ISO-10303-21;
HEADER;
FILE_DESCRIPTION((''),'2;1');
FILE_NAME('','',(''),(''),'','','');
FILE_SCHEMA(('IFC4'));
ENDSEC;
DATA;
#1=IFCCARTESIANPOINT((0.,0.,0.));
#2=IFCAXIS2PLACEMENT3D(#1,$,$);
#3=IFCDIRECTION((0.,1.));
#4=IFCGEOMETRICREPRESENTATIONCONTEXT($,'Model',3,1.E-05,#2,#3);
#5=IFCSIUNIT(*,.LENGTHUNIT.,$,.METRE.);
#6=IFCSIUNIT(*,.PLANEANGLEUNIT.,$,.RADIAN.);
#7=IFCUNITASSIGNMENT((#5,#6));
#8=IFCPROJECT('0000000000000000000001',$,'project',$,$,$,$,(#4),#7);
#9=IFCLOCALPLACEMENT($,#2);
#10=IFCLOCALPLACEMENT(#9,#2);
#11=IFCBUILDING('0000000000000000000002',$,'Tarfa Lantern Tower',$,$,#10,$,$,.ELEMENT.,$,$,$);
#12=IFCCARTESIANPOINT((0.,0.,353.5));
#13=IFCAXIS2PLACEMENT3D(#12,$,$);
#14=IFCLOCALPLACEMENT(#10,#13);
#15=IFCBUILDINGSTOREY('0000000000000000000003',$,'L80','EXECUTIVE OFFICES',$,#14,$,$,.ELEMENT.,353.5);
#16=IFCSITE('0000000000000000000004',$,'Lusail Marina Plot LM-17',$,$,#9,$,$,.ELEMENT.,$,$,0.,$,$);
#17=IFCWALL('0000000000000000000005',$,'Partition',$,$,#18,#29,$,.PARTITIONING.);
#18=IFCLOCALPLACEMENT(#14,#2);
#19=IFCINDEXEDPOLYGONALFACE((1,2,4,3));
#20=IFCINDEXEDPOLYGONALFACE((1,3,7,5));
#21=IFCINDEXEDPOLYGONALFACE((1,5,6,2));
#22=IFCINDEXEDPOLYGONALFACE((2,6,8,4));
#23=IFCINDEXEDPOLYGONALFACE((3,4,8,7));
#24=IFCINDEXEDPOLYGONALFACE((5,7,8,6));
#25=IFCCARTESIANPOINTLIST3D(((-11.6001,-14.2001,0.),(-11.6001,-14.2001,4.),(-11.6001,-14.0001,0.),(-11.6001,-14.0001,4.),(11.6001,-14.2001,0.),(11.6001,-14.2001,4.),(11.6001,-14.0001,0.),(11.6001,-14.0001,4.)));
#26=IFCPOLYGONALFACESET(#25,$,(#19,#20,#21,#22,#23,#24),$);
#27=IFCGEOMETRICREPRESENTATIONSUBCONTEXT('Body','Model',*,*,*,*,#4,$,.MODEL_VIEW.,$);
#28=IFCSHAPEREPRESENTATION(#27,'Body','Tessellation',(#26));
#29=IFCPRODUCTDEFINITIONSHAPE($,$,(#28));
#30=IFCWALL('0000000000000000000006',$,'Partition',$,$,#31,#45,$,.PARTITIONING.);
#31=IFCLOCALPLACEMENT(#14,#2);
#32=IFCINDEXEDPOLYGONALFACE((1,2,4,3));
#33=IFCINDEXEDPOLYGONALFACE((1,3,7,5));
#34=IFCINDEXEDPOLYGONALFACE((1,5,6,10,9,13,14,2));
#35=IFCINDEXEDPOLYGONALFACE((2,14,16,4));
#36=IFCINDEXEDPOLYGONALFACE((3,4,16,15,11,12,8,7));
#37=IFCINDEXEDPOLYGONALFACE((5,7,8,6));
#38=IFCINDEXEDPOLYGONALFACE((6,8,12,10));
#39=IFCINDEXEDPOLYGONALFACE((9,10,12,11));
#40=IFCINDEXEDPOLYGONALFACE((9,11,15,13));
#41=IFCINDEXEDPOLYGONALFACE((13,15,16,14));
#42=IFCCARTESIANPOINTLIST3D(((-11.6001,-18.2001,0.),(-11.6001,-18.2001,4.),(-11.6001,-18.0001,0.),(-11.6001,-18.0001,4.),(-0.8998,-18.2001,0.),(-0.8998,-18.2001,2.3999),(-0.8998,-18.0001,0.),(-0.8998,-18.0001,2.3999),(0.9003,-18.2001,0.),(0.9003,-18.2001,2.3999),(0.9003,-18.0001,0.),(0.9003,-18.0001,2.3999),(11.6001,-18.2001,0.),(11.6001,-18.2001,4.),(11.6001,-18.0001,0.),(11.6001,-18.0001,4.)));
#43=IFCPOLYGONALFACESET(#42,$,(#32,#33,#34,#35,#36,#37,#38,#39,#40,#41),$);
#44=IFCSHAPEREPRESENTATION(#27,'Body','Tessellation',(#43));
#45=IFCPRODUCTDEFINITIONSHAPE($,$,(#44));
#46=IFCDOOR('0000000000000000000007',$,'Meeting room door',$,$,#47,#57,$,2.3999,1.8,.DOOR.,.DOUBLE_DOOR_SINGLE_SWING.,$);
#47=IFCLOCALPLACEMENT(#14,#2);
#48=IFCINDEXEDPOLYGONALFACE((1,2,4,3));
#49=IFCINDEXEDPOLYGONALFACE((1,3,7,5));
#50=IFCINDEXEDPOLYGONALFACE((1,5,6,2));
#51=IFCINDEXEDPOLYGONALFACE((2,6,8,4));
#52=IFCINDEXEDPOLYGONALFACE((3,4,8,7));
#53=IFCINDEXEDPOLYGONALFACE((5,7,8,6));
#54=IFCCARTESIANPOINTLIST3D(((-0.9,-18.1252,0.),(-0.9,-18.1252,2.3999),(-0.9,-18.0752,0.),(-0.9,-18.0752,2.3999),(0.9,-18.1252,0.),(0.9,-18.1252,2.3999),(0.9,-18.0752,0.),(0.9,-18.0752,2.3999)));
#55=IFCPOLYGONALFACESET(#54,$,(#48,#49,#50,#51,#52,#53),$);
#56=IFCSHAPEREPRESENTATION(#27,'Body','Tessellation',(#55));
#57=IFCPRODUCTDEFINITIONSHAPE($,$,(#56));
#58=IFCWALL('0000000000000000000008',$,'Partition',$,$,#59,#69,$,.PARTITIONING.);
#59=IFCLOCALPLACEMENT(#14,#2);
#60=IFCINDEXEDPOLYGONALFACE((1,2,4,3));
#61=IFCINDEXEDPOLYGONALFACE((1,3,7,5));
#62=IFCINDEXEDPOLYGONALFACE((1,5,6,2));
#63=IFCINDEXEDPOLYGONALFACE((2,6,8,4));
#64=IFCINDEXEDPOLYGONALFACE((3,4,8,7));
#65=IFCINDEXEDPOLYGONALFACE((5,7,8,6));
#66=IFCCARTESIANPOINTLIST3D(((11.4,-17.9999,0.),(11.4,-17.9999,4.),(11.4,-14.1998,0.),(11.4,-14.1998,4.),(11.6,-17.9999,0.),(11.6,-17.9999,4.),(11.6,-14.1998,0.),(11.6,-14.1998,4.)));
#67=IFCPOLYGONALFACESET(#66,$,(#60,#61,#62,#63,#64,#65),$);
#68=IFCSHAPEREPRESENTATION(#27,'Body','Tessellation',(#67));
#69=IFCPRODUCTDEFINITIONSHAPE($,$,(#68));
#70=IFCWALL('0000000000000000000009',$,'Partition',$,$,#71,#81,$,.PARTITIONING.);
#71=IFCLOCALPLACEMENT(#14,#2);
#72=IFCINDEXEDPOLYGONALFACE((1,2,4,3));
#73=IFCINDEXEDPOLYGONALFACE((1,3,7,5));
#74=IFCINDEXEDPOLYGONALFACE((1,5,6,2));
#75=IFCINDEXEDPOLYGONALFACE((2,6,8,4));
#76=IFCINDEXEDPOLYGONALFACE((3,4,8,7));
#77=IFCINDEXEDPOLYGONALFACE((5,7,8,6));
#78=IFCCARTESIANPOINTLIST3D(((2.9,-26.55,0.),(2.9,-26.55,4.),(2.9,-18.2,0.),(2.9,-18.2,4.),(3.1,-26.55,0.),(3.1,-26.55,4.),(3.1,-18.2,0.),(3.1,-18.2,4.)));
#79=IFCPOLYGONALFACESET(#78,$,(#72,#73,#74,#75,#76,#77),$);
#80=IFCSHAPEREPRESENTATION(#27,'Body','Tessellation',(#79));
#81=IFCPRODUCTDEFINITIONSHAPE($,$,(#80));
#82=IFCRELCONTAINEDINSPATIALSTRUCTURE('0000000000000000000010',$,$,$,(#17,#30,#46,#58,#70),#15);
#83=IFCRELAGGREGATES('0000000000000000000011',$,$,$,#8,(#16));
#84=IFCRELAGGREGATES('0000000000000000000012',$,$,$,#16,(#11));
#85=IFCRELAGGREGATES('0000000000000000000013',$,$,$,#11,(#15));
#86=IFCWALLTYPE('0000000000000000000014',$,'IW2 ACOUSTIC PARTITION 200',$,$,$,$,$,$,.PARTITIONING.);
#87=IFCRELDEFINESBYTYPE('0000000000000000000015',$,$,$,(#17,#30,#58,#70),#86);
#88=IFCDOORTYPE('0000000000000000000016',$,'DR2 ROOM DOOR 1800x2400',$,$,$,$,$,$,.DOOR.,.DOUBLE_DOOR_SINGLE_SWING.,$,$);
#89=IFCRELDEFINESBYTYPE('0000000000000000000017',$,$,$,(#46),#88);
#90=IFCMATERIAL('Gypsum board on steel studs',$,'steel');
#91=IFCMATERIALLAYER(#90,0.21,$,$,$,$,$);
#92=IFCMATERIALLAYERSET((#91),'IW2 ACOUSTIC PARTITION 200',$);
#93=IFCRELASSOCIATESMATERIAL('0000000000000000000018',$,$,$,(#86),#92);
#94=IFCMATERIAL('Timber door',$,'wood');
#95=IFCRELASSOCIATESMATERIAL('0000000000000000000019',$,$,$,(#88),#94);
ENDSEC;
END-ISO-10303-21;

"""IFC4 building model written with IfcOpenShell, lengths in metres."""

from ifc_helpers import new_model, si_unit, direction, frame, frame_2d, origin, place, context, subcontext, project, spatial, rectangle, extrude, material, layer, layer_set, type_object, element, fill, save


model = new_model("IFC4")

# Units and contexts
model_context = context("Model", 3, precision=1e-05, world=origin(), true_north=direction((0.0, 1.0)))
body_context = subcontext(model_context, "Body", "Model", "MODEL_VIEW")
ifc_project = project(units=[si_unit("LENGTHUNIT", "METRE"), si_unit("PLANEANGLEUNIT", "RADIAN")], contexts=[model_context])

# Site, building, storey
site_placement = place(None, origin())
site = spatial("IfcSite", under=ifc_project, at=site_placement, Name="Lusail Marina Plot LM-17", CompositionType="ELEMENT", RefElevation=0.0)
building_placement = place(site_placement, origin())
building = spatial("IfcBuilding", under=site, at=building_placement, Name="Tarfa Lantern Tower", CompositionType="ELEMENT")
storey_placement = place(building_placement, frame((0.0, 0.0, 353.5)))
storey = spatial("IfcBuildingStorey", under=building, at=storey_placement, Name="L80", Description="EXECUTIVE OFFICES", CompositionType="ELEMENT", Elevation=353.5)

# Wall
ifc_material_1 = material(Name="Gypsum board on steel studs", Category="steel")
ifc_layer_1 = layer(ifc_material_1, 0.21)
ifc_layer_set_1 = layer_set([ifc_layer_1], Name="IW2 ACOUSTIC PARTITION 200")
wall_type = type_object("IfcWallType", Name="IW2 ACOUSTIC PARTITION 200", PredefinedType="PARTITIONING", material=ifc_layer_set_1)
wall_1_placement = place(storey_placement, frame((11.6001, -14.1001, 0.0), z_axis=(0.0, 0.0, 1.0), x_axis=(-1.0, 0.0, 0.0)))
element("IfcWall", 1, at=wall_1_placement, inside=storey, type_object=wall_type, Name="Partition", PredefinedType="PARTITIONING", context=body_context, shape_type="SweptSolid", body=[
    extrude(rectangle(XDim=23.2002, YDim=0.2, at=frame_2d((11.6001, 0.0))), origin(), (0.0, 0.0, 1.0), 4.0),
])

# Wall, opening, door
wall_2_placement = place(storey_placement, frame((11.6001, -18.1001, 0.0), z_axis=(0.0, 0.0, 1.0), x_axis=(-1.0, 0.0, 0.0)))
wall_2 = element("IfcWall", 2, at=wall_2_placement, inside=storey, type_object=wall_type, Name="Partition", PredefinedType="PARTITIONING", context=body_context, shape_type="SweptSolid", body=[
    extrude(rectangle(XDim=23.2002, YDim=0.2, at=frame_2d((11.6001, 0.0))), origin(), (0.0, 0.0, 1.0), 4.0),
])
opening_placement = place(wall_2_placement, frame((10.7, 0.0, 0.0)))
opening = element("IfcOpeningElement", 3, at=opening_placement, cuts=wall_2, PredefinedType="OPENING", context=body_context, shape_type="SweptSolid", body=[
    extrude(rectangle(XDim=1.8, YDim=2.3999, at=frame_2d((0.8999, 1.2))), frame((0.0, 0.1099, 0.0), z_axis=(0.0, -1.0, 0.0), x_axis=(1.0, 0.0, 0.0)), (0.0, 0.0, 1.0), 0.22),
])
ifc_material_2 = material(Name="Timber door", Category="wood")
door_type = type_object("IfcDoorType", Name="DR2 ROOM DOOR 1800x2400", OperationType="DOUBLE_DOOR_SINGLE_SWING", PredefinedType="DOOR", material=ifc_material_2)
door_placement = place(opening_placement, frame((1.8, 0.0, 0.0), z_axis=(0.0, 0.0, 1.0), x_axis=(-1.0, 0.0, 0.0)))
door = element("IfcDoor", 4, at=door_placement, inside=storey, type_object=door_type, Name="Meeting room door", OperationType="DOUBLE_DOOR_SINGLE_SWING", OverallHeight=2.3999, OverallWidth=1.8, PredefinedType="DOOR", context=body_context, shape_type="SweptSolid", body=[
    extrude(rectangle(XDim=1.8, YDim=2.3999, at=frame_2d((0.8999, 1.2))), frame((0.0, 0.0249, 0.0), z_axis=(0.0, -1.0, 0.0), x_axis=(1.0, 0.0, 0.0)), (0.0, 0.0, 1.0), 0.05),
])
fill(opening, door)

# Walls
wall_3_placement = place(storey_placement, frame((11.5, -14.2, 0.0), z_axis=(0.0, 0.0, 1.0), x_axis=(0.0, -1.0, 0.0)))
element("IfcWall", 5, at=wall_3_placement, inside=storey, type_object=wall_type, Name="Partition", PredefinedType="PARTITIONING", context=body_context, shape_type="SweptSolid", body=[
    extrude(rectangle(XDim=3.8, YDim=0.2, at=frame_2d((1.8999, 0.0))), origin(), (0.0, 0.0, 1.0), 4.0),
])
wall_4_placement = place(storey_placement, frame((3.0, -18.2, 0.0), z_axis=(0.0, 0.0, 1.0), x_axis=(0.0, -1.0, 0.0)))
element("IfcWall", 6, at=wall_4_placement, inside=storey, type_object=wall_type, Name="Partition", PredefinedType="PARTITIONING", context=body_context, shape_type="SweptSolid", body=[
    extrude(rectangle(XDim=8.3501, YDim=0.2, at=frame_2d((4.175, 0.0))), origin(), (0.0, 0.0, 1.0), 4.0),
])

save(model, "model.ifc")
